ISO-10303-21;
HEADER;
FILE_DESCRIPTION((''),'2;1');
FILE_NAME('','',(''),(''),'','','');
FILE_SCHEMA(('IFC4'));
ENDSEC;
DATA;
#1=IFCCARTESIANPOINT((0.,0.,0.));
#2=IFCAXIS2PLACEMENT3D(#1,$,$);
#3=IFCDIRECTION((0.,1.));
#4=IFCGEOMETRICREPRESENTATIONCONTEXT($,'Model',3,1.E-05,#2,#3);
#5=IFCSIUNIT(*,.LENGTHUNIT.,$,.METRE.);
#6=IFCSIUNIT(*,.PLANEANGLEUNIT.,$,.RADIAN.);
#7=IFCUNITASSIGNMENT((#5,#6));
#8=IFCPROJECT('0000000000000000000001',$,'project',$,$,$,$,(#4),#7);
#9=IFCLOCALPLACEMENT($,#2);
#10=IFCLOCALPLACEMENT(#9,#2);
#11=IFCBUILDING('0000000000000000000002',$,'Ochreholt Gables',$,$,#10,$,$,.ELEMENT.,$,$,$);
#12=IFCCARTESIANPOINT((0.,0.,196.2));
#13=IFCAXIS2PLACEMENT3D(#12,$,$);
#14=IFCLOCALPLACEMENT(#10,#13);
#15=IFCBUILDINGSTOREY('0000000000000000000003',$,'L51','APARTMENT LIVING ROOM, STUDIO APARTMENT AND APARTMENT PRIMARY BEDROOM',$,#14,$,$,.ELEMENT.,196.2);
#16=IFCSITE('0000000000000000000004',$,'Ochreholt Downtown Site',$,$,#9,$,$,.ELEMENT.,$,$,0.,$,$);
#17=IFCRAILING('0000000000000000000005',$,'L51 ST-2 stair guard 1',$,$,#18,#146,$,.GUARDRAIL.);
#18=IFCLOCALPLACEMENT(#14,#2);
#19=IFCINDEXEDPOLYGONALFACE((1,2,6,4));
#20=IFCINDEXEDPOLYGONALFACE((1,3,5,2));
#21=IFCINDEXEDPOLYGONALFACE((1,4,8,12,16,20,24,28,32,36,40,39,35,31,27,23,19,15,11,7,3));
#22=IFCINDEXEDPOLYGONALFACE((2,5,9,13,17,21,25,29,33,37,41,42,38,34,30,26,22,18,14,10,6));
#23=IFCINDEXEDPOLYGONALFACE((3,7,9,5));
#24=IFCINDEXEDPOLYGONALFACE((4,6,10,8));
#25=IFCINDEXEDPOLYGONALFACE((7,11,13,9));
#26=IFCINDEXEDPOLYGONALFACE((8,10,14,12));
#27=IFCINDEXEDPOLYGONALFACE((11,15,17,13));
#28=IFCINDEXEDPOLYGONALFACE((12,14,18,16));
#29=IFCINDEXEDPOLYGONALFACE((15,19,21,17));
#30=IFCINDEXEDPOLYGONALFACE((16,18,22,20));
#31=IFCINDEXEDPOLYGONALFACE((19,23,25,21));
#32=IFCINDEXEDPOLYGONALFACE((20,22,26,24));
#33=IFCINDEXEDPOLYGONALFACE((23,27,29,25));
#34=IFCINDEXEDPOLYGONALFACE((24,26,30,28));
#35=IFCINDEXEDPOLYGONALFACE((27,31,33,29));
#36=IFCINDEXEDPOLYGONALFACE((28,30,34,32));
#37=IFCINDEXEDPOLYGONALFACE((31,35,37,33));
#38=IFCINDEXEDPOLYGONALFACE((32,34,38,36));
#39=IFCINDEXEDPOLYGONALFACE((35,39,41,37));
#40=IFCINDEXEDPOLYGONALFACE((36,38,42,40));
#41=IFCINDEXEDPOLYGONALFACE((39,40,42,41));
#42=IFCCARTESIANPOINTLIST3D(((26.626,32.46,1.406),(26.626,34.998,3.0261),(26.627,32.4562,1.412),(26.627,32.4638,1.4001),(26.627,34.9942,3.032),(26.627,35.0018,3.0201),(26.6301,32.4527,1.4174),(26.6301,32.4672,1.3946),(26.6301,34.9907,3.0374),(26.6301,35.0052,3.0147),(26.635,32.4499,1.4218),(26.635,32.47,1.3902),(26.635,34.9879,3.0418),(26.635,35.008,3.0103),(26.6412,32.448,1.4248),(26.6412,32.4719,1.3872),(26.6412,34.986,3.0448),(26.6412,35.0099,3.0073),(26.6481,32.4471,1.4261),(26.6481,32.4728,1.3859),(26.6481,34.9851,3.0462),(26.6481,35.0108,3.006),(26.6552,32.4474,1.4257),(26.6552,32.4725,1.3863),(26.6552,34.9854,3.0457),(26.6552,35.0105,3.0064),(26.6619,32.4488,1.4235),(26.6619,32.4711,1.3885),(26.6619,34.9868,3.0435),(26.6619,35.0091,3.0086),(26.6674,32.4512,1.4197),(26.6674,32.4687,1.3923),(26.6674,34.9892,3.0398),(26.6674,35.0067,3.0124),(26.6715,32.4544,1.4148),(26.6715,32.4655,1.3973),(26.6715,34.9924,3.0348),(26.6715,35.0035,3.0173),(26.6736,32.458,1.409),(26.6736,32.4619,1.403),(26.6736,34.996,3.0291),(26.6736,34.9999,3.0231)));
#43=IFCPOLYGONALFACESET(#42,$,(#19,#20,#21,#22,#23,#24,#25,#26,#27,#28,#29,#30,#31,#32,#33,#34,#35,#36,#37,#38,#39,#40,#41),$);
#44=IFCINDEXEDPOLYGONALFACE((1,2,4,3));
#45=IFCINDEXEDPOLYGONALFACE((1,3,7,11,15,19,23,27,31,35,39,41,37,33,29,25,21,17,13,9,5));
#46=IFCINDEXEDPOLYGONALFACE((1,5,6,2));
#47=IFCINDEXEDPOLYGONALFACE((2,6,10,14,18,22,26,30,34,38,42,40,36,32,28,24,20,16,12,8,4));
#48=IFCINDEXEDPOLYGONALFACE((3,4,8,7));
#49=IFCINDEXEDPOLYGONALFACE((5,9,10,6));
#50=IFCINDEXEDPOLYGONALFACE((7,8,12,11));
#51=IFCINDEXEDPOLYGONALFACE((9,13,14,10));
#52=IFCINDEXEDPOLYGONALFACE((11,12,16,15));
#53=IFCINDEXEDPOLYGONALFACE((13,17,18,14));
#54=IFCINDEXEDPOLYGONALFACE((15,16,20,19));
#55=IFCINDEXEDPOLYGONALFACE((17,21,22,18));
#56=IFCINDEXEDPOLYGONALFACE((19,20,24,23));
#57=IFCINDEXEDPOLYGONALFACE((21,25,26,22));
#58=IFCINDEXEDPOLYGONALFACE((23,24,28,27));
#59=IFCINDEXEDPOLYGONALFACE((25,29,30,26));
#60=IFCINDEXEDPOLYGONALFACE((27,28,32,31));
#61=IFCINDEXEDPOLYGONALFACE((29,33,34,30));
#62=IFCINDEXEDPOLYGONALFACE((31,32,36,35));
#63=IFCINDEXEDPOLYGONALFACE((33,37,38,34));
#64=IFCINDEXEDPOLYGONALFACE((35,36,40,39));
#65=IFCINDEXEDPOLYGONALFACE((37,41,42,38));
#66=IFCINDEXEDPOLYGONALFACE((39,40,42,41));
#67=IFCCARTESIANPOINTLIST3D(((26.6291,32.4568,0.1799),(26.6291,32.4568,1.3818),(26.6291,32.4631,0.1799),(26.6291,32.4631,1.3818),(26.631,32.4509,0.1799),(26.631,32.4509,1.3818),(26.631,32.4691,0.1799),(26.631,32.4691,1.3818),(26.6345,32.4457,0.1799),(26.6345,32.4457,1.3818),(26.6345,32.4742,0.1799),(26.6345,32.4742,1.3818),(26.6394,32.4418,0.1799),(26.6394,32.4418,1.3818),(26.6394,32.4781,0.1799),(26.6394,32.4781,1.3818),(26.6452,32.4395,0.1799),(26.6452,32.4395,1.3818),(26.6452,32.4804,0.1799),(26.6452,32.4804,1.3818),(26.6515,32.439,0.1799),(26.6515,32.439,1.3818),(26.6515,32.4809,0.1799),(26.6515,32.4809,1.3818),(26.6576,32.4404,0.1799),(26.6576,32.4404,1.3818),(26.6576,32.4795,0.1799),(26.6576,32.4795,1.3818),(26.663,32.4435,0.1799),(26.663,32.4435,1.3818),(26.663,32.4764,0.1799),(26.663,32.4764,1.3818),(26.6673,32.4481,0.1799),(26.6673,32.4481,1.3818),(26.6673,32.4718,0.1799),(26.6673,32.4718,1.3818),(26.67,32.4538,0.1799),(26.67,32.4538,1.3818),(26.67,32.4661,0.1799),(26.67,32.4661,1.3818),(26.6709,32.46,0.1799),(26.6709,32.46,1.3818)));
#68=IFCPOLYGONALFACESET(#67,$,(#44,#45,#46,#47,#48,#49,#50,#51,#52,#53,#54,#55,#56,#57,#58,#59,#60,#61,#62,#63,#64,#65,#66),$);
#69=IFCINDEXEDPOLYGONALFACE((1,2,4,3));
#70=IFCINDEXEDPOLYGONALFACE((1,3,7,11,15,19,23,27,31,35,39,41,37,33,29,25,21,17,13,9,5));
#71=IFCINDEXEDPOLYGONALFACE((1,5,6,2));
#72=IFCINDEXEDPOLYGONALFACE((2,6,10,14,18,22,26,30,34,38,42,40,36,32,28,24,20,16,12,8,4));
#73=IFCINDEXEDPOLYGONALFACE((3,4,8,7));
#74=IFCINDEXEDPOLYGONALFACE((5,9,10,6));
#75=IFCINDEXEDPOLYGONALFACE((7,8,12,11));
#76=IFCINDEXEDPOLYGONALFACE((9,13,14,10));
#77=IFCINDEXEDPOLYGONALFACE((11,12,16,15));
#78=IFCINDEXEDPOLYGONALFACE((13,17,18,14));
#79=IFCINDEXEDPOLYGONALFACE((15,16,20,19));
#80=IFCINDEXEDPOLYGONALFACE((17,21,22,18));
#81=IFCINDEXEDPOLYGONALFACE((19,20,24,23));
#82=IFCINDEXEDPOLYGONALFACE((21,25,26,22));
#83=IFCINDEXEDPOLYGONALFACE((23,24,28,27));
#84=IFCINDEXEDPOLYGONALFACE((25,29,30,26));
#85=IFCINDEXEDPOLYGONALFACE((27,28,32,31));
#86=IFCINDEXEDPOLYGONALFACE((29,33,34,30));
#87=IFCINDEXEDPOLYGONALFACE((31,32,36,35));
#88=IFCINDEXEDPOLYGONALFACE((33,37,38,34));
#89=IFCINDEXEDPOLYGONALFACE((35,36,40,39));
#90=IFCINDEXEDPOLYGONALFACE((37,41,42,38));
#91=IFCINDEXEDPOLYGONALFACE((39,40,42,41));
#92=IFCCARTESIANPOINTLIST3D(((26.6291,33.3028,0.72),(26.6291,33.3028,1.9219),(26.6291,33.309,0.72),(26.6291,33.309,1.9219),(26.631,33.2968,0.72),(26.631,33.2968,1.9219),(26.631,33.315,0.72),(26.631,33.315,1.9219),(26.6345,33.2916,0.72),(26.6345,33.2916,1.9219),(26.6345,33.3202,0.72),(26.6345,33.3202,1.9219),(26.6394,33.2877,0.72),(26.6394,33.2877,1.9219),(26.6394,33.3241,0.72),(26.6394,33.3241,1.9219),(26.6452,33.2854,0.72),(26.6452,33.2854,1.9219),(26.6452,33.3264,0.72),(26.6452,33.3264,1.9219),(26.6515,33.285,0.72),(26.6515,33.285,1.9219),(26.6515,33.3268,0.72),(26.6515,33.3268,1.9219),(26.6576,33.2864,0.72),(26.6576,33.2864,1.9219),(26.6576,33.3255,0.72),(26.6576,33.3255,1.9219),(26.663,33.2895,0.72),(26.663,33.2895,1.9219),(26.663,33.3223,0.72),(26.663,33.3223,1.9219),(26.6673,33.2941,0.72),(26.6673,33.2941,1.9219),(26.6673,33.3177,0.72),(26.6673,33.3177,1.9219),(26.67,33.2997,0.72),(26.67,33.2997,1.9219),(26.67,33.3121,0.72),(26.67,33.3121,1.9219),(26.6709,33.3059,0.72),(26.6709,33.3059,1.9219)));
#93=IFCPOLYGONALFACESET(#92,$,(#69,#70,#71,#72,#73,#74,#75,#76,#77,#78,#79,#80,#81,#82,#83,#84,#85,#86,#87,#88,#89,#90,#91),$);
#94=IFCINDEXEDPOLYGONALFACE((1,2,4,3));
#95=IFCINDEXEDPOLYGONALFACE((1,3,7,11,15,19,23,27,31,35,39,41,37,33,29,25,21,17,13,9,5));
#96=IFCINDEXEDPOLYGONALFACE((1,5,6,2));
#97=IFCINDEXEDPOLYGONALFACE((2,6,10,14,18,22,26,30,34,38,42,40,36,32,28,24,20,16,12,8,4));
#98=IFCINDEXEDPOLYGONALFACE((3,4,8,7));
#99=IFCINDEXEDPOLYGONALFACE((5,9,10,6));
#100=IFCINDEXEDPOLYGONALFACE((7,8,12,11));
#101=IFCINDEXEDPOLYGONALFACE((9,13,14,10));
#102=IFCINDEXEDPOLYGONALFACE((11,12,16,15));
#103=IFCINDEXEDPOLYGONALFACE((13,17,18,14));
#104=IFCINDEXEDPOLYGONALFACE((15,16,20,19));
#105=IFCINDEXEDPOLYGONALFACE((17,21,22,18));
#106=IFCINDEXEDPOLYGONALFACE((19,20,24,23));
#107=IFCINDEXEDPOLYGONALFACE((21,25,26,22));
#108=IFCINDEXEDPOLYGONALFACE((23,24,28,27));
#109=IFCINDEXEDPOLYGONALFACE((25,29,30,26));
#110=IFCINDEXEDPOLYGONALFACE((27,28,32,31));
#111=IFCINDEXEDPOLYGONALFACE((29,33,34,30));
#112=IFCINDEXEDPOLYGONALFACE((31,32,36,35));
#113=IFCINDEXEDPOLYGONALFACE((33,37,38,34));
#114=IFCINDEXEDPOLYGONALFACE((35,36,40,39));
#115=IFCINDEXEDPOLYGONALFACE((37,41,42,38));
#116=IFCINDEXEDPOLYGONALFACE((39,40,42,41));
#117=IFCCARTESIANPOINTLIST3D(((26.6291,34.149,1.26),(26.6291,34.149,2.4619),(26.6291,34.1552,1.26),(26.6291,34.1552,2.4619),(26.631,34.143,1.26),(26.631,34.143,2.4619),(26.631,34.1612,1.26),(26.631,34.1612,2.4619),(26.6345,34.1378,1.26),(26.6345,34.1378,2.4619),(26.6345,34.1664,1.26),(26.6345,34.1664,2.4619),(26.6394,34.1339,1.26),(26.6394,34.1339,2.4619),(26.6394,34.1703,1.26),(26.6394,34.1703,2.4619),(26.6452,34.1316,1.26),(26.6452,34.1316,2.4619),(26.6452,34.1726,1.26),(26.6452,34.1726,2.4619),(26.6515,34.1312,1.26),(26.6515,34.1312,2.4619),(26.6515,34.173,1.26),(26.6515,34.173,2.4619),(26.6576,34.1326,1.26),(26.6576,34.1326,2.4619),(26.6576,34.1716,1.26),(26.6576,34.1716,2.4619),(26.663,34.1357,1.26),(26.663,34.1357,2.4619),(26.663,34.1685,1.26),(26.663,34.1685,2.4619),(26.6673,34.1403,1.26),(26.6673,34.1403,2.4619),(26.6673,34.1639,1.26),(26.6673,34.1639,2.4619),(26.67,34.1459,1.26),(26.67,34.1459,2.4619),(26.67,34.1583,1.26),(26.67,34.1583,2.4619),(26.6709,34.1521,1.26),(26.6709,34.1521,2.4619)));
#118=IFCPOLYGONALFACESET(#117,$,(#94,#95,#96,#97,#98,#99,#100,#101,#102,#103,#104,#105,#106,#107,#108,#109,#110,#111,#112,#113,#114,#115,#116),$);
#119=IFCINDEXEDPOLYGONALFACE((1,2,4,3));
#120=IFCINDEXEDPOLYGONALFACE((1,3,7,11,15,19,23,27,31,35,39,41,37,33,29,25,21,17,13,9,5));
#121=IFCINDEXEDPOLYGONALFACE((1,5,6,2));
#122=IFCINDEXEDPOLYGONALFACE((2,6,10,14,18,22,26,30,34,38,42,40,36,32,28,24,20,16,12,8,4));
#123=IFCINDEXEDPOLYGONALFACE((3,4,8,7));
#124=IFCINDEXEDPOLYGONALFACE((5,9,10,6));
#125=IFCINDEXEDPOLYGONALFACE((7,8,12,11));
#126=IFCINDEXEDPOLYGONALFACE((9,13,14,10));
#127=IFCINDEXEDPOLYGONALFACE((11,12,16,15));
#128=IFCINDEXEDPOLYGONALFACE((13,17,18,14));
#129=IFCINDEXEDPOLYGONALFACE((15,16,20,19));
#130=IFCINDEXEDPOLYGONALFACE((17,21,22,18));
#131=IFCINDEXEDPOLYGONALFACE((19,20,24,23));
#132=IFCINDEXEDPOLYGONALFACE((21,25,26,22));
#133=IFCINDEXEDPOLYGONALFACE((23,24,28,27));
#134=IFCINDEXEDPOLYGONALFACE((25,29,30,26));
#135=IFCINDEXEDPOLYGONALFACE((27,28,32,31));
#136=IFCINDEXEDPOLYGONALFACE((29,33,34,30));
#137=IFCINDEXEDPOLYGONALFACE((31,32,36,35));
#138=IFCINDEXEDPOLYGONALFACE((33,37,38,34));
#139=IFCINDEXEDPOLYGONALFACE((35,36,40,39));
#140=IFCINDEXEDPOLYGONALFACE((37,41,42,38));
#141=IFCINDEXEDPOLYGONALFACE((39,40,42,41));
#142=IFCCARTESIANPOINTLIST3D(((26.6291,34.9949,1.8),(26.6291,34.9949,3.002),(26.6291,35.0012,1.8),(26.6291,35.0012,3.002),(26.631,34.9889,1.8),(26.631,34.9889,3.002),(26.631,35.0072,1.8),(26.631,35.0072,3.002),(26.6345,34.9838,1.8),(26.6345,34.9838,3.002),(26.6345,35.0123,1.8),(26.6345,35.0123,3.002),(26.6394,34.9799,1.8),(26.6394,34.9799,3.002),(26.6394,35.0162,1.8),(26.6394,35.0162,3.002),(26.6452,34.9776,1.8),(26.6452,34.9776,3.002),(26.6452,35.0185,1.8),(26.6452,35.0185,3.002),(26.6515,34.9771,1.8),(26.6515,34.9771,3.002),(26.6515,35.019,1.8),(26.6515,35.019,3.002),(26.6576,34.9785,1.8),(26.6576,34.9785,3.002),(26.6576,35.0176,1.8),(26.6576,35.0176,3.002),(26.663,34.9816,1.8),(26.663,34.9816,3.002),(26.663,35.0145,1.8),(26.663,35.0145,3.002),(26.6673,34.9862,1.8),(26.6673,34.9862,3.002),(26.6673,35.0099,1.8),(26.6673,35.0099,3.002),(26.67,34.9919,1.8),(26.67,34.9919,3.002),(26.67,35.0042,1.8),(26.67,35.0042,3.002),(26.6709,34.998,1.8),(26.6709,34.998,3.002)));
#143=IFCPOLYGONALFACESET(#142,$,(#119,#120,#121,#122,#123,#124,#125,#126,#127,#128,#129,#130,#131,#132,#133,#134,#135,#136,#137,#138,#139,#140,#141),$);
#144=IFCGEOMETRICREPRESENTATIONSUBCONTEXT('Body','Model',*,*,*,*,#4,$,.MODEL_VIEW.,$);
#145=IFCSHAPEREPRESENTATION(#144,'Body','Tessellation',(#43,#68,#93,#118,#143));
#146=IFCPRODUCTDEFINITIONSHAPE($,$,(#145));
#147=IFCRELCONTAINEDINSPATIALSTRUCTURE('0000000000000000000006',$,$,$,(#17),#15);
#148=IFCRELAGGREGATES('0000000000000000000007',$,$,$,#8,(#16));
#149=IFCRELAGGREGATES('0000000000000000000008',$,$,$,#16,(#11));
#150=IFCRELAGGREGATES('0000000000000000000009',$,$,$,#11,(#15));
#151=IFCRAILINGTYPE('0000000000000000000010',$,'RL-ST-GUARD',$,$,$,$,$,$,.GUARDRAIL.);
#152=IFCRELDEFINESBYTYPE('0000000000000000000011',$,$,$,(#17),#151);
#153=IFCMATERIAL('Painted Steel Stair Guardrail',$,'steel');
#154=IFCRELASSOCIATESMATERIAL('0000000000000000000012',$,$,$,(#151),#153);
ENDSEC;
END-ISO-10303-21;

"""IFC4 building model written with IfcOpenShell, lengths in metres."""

from ifc_helpers import new_model, si_unit, direction, frame, origin, origin_2d, place, context, subcontext, project, spatial, circle, extrude, material, type_object, element, save


model = new_model("IFC4")

# Units and contexts
model_context = context("Model", 3, precision=1e-05, world=origin(), true_north=direction((0.0, 1.0)))
body_context = subcontext(model_context, "Body", "Model", "MODEL_VIEW")
ifc_project = project(units=[si_unit("LENGTHUNIT", "METRE"), si_unit("PLANEANGLEUNIT", "RADIAN")], contexts=[model_context])

# Site, building, storey
site_placement = place(None, origin())
site = spatial("IfcSite", under=ifc_project, at=site_placement, Name="Ochreholt Downtown Site", CompositionType="ELEMENT", RefElevation=0.0)
building_placement = place(site_placement, origin())
building = spatial("IfcBuilding", under=site, at=building_placement, Name="Ochreholt Gables", CompositionType="ELEMENT")
storey_placement = place(building_placement, frame((0.0, 0.0, 196.2)))
storey = spatial("IfcBuildingStorey", under=building, at=storey_placement, Name="L51", Description="APARTMENT LIVING ROOM, STUDIO APARTMENT AND APARTMENT PRIMARY BEDROOM", CompositionType="ELEMENT", Elevation=196.2)

# Railing
ifc_material_1 = material(Name="Painted Steel Stair Guardrail", Category="steel")
railing_type = type_object("IfcRailingType", Name="RL-ST-GUARD", PredefinedType="GUARDRAIL", material=ifc_material_1)
railing_1_placement = place(storey_placement, frame((26.6499, 32.46, 0.1799)))
element("IfcRailing", 1, at=railing_1_placement, inside=storey, type_object=railing_type, Name="L51 ST-2 stair guard 1", PredefinedType="GUARDRAIL", context=body_context, shape_type="SweptSolid", body=[
    extrude(circle(Radius=0.0239, at=origin_2d()), frame((0.0, 0.0, 1.2261), z_axis=(0.0, 0.842913, 0.53805), x_axis=(-1.0, 0.0, 0.0)), (0.0, 0.0, 1.0), 3.011),
    extrude(circle(Radius=0.021, at=origin_2d()), origin(), (0.0, 0.0, 1.0), 1.2019),
    extrude(circle(Radius=0.021, at=origin_2d()), frame((0.0, 0.8459, 0.54)), (0.0, 0.0, 1.0), 1.2019),
    extrude(circle(Radius=0.021, at=origin_2d()), frame((0.0, 1.6921, 1.0801)), (0.0, 0.0, 1.0), 1.2019),
    extrude(circle(Radius=0.021, at=origin_2d()), frame((0.0, 2.5381, 1.6201)), (0.0, 0.0, 1.0), 1.2019),
])

save(model, "model.ifc")
